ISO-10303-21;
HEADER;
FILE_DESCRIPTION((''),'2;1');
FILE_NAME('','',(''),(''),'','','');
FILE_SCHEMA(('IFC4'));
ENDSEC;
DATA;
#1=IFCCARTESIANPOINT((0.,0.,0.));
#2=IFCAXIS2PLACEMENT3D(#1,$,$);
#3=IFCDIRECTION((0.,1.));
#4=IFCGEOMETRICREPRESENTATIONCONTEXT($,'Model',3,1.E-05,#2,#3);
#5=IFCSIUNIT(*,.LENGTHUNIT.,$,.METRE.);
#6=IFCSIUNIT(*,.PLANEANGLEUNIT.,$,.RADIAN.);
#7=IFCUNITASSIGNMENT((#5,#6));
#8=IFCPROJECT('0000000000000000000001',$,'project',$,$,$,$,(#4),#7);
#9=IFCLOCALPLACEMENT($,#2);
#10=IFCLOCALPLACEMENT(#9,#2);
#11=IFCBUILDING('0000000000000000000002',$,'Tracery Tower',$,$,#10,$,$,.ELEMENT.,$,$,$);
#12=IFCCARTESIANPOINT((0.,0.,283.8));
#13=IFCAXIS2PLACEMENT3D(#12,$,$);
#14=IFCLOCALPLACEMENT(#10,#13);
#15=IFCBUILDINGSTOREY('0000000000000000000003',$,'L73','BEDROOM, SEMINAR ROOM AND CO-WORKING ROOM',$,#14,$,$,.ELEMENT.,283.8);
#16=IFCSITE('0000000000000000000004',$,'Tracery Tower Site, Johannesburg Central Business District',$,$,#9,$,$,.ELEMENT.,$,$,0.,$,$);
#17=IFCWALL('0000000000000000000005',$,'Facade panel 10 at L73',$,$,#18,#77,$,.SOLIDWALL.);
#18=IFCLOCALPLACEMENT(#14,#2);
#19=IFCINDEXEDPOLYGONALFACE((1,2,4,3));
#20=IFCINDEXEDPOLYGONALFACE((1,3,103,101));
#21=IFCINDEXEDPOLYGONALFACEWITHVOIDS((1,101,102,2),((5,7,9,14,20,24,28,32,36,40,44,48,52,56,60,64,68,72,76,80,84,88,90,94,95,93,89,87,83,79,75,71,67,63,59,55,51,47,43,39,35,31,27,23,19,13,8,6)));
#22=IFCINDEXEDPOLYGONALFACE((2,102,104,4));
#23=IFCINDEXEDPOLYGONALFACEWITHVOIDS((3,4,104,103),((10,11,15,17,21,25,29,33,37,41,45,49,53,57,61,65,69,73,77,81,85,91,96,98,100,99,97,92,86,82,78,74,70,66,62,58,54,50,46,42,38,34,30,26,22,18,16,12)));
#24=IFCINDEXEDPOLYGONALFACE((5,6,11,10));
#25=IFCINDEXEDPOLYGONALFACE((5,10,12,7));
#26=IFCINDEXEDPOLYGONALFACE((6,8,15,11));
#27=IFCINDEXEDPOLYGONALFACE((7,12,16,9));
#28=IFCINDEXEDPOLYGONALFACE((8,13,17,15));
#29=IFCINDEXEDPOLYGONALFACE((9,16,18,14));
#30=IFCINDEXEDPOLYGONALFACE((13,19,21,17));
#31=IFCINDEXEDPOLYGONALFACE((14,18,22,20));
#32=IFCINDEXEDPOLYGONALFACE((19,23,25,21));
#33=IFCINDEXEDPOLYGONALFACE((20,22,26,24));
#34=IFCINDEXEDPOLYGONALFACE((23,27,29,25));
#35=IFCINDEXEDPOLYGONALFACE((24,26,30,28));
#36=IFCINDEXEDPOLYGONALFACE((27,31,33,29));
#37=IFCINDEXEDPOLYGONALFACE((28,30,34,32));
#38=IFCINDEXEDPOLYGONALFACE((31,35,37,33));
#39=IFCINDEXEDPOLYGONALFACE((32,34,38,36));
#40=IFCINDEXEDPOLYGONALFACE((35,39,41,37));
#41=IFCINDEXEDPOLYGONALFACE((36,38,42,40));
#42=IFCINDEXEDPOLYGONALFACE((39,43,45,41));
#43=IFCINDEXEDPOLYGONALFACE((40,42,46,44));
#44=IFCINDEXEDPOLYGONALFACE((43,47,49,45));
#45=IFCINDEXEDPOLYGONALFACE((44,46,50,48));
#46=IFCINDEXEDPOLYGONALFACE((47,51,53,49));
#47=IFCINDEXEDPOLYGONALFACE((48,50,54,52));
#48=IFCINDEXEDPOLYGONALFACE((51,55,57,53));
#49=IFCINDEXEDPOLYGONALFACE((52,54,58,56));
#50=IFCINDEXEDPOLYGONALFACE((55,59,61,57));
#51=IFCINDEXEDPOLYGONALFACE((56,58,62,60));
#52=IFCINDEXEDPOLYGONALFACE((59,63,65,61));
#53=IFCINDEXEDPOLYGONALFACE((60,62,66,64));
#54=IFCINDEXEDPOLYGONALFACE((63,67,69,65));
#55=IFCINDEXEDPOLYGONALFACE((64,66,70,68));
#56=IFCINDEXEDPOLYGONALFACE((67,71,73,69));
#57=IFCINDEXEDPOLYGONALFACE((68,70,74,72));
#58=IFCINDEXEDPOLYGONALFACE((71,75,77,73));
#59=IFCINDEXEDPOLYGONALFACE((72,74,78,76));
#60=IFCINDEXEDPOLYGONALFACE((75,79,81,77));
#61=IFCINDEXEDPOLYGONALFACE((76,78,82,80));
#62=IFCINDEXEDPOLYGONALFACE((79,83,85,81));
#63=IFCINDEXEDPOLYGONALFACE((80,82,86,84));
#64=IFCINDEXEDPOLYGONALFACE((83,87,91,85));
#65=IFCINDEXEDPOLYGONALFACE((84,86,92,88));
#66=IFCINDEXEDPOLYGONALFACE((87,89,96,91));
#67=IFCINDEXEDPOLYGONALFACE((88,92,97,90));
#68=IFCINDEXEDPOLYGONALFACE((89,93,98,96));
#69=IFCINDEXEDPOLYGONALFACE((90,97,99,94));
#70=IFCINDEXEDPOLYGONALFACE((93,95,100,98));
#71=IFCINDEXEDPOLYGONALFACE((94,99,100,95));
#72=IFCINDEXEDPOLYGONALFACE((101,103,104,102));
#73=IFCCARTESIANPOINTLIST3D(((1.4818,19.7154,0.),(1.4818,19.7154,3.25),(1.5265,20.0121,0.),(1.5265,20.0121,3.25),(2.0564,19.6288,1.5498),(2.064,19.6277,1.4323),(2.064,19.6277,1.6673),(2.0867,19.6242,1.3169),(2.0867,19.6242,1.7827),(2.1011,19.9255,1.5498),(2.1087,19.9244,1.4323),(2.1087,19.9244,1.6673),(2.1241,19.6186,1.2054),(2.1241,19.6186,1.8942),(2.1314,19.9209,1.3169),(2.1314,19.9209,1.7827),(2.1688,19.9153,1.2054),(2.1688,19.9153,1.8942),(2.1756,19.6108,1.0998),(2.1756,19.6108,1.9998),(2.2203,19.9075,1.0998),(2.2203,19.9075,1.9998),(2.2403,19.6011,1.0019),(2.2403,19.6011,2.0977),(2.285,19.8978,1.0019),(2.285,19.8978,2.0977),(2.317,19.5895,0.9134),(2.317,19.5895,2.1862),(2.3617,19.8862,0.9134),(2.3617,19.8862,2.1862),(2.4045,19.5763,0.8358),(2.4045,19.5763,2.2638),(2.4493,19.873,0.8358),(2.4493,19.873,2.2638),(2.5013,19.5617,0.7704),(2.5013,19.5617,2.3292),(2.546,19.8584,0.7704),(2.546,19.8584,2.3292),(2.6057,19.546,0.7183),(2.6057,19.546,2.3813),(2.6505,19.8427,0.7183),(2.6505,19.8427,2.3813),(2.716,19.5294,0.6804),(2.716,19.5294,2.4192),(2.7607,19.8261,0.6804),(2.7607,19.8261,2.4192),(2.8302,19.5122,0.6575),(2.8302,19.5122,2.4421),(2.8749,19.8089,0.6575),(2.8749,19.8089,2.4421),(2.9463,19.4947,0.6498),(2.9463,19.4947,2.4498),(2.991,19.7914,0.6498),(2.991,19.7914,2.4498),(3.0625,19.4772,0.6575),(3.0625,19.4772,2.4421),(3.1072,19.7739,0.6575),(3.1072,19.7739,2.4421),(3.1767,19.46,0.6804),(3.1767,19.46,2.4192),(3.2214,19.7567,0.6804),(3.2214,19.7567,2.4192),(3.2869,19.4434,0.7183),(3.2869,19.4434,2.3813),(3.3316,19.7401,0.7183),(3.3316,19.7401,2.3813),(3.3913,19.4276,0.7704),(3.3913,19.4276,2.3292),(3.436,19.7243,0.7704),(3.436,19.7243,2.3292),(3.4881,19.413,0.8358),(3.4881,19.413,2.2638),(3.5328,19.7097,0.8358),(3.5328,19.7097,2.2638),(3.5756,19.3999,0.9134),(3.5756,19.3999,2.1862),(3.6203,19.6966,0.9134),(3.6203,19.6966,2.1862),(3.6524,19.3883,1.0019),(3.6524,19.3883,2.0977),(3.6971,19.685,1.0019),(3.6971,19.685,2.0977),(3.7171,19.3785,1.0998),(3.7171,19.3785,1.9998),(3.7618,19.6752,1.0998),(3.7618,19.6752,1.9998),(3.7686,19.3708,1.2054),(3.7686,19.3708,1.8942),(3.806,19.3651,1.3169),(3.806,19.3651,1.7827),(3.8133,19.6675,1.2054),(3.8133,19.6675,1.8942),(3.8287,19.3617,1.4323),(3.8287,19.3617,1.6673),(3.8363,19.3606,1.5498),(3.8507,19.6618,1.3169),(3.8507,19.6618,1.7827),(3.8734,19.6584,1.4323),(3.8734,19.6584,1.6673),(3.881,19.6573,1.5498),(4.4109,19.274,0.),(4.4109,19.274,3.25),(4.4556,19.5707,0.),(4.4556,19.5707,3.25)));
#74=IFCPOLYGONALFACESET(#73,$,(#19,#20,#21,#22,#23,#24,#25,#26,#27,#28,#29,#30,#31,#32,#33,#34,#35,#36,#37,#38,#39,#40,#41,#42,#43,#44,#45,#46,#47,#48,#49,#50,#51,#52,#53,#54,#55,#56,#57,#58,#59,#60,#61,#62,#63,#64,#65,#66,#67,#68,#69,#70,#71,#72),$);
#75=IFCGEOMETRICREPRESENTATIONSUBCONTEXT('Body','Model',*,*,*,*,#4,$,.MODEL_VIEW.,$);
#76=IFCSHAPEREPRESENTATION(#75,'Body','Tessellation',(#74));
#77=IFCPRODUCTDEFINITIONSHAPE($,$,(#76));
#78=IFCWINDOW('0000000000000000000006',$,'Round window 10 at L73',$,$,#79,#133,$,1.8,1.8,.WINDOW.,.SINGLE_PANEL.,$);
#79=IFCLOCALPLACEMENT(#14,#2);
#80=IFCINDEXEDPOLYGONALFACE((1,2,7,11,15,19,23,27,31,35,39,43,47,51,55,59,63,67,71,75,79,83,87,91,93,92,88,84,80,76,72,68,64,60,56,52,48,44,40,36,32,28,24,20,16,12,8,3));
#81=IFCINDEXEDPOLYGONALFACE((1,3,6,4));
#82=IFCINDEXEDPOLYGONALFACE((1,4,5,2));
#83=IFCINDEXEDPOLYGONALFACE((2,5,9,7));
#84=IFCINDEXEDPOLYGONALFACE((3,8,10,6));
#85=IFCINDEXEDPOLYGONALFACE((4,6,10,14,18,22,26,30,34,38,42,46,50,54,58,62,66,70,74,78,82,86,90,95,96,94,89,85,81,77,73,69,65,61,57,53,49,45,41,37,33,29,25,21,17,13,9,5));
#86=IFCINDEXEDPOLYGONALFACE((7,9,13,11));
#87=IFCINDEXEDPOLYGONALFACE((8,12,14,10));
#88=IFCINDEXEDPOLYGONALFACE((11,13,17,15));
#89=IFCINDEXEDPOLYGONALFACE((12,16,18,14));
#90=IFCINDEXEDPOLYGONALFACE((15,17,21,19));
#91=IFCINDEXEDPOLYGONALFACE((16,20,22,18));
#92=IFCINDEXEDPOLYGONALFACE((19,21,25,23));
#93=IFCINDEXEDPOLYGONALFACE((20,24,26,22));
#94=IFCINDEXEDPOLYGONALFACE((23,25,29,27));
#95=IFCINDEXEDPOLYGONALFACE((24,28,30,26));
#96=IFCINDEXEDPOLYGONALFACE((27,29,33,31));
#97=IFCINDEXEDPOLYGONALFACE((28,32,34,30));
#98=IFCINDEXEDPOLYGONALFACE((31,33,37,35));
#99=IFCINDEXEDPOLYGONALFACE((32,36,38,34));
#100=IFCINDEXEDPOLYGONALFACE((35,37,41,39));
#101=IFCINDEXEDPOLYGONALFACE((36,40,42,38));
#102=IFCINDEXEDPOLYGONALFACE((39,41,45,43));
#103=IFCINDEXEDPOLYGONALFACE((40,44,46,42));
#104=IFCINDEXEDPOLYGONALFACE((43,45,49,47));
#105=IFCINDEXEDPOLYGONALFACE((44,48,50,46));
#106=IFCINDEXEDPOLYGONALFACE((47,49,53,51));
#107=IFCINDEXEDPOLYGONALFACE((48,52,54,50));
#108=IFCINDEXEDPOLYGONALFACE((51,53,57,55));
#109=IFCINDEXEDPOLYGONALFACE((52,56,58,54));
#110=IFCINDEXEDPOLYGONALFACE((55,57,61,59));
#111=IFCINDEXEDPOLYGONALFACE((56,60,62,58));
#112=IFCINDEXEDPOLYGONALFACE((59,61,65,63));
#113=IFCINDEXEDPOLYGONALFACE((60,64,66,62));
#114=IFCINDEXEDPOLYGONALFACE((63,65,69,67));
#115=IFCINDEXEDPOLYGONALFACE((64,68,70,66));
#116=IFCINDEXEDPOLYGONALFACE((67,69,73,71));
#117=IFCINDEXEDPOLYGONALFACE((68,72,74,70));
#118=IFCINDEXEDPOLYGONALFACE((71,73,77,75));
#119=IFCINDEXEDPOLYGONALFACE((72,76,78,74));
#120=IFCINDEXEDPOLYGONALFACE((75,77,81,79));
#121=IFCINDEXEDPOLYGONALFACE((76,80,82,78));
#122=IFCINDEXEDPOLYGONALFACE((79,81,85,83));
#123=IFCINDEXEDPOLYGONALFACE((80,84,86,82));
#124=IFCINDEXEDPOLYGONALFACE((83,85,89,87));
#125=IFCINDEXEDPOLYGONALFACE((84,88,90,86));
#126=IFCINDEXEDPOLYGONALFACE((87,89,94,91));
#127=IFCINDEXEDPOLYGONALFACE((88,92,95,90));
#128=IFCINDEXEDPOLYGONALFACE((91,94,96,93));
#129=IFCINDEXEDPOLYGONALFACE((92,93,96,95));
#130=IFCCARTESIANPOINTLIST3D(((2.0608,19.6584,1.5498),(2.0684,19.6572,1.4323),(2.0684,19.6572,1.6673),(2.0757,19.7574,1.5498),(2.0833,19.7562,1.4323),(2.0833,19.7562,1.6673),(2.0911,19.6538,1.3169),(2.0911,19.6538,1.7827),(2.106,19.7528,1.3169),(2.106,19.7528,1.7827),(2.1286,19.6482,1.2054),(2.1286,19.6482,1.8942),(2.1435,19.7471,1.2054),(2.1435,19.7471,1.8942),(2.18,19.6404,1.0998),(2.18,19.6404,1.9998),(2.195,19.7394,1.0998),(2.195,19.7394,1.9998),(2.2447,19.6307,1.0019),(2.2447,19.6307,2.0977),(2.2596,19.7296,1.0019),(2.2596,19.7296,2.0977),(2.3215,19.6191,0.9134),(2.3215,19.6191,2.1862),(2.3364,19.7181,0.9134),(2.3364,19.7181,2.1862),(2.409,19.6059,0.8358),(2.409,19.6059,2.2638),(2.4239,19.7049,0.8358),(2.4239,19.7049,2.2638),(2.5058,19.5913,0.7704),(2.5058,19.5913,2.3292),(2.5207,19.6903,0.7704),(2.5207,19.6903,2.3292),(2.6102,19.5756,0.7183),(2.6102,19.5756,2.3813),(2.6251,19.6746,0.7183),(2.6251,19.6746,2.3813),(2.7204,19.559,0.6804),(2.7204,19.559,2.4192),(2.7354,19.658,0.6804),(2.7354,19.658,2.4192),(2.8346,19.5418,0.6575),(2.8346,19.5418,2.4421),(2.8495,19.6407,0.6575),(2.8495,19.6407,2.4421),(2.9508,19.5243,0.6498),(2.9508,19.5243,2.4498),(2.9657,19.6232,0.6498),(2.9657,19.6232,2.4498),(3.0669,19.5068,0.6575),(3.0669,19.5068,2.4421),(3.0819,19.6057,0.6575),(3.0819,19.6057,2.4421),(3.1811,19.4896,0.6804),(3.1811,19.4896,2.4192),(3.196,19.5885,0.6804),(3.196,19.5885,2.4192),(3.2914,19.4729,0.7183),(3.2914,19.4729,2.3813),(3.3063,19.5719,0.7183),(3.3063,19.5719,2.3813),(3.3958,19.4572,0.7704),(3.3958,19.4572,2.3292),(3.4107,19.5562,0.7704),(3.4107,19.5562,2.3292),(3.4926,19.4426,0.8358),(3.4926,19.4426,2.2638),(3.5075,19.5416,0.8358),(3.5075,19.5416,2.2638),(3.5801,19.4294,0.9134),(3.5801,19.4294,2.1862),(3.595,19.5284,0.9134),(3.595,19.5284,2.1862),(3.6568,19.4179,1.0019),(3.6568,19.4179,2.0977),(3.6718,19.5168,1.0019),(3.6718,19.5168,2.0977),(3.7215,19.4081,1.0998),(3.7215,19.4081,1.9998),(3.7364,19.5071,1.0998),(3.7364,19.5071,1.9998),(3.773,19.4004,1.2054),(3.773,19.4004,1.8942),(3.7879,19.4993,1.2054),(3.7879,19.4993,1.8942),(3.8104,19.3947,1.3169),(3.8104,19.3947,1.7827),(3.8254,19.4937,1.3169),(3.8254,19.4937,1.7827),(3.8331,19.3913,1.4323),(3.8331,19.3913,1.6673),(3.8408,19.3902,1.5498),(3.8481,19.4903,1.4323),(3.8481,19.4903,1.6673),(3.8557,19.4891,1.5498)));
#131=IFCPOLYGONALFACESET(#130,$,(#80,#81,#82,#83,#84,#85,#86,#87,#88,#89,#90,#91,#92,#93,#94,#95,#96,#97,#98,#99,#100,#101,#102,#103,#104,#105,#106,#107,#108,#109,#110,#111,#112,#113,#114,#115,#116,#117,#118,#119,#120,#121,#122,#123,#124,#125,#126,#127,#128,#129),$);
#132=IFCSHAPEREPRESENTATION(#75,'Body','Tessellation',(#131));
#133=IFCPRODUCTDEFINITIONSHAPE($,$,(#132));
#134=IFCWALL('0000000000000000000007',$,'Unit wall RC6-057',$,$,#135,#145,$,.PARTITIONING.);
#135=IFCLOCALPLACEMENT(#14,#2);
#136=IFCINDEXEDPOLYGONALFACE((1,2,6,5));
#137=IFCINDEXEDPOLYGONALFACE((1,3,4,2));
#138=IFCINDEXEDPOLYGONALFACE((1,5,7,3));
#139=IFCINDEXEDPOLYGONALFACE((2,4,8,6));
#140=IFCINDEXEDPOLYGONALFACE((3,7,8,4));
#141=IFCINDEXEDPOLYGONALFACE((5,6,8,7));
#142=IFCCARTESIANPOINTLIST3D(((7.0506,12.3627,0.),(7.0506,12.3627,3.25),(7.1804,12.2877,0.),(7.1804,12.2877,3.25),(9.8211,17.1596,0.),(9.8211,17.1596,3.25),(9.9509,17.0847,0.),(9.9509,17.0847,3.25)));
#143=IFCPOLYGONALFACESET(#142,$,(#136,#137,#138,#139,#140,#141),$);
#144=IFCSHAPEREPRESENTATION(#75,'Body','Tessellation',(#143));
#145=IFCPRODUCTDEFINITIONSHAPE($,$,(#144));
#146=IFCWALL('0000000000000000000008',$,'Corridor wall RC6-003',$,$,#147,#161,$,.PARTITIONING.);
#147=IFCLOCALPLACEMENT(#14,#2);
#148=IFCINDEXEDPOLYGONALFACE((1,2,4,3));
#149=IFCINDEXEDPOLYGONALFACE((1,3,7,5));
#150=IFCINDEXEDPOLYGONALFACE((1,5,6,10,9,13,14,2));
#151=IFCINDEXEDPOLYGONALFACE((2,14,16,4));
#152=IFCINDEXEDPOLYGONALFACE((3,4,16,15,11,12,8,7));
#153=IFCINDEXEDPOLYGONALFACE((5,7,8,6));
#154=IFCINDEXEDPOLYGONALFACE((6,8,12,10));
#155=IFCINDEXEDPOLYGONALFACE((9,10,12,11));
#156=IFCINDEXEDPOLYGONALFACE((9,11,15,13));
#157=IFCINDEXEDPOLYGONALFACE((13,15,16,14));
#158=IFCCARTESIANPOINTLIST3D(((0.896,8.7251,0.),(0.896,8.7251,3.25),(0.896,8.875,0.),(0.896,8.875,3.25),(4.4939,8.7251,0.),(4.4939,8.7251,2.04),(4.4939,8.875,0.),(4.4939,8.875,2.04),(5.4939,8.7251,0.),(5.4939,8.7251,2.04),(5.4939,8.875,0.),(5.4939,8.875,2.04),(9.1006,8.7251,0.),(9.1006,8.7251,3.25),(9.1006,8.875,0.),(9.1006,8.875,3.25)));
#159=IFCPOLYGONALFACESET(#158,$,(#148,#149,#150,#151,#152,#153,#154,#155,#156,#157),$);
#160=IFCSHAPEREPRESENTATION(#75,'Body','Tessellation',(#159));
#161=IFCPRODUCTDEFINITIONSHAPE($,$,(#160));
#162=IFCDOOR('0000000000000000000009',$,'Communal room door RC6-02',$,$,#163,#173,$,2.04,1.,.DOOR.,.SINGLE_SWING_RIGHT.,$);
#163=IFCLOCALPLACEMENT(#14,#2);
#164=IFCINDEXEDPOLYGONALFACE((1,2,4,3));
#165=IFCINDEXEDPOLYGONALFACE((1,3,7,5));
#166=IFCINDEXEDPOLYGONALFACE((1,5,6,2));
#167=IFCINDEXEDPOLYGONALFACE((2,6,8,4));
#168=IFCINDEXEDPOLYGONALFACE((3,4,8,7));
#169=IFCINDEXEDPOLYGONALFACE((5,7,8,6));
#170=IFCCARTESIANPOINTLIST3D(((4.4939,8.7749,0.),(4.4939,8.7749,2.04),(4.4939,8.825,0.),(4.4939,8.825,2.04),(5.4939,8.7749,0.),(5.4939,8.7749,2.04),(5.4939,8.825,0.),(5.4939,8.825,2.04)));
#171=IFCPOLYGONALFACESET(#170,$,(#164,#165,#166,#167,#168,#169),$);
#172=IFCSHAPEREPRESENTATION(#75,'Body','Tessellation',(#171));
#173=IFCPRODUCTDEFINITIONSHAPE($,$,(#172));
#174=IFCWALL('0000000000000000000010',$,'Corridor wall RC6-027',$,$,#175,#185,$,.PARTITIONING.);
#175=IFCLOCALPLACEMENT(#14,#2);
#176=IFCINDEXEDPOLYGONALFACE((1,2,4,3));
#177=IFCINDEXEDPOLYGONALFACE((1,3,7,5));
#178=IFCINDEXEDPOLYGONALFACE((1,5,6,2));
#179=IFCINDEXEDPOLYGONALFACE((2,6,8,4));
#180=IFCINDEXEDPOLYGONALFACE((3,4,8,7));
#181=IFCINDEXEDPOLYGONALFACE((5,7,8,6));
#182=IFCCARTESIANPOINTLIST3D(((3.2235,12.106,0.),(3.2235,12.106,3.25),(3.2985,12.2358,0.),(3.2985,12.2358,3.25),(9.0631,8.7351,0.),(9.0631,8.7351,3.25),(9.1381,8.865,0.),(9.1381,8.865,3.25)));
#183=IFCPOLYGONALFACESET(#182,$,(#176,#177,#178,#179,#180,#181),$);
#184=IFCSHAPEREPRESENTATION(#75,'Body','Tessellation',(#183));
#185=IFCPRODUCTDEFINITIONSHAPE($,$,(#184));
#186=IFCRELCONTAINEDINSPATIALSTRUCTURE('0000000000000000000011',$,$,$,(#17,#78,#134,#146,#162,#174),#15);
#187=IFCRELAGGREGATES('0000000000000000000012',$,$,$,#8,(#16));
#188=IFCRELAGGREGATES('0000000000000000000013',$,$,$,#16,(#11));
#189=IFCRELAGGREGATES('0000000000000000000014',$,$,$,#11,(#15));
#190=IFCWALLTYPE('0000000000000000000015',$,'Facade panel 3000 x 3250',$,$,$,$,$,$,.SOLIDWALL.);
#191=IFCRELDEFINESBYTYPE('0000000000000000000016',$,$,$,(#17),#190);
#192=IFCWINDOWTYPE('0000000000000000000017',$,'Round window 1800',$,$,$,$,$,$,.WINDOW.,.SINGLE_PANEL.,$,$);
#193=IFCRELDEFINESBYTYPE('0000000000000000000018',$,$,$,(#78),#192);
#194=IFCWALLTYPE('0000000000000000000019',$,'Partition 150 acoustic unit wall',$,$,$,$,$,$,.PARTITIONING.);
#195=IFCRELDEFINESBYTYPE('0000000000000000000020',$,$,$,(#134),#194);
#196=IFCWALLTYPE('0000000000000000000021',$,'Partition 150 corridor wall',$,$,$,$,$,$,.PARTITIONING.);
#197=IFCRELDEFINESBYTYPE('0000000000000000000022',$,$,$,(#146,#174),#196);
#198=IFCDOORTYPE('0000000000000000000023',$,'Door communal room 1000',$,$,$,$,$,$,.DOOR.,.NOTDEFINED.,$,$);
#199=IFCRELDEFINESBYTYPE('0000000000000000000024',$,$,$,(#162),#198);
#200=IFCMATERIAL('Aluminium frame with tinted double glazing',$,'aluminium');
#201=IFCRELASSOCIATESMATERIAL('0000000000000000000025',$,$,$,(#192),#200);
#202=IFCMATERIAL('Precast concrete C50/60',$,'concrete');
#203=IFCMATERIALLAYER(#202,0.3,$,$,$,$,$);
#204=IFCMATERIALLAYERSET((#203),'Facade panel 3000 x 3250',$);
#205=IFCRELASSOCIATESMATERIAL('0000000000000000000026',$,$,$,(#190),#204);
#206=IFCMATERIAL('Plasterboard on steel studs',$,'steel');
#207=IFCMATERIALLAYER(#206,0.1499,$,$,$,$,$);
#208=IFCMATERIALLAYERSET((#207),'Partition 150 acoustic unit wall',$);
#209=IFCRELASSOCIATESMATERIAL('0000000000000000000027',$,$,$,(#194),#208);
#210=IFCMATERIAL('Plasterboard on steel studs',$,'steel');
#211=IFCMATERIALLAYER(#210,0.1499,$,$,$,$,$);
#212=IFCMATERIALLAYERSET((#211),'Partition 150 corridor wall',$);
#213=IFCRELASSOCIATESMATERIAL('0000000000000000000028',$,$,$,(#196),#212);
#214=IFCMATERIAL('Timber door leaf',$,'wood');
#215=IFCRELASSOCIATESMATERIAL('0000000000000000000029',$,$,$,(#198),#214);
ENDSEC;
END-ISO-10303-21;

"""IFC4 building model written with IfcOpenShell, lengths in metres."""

from ifc_helpers import new_model, si_unit, direction, frame, frame_2d, origin, origin_2d, place, context, subcontext, project, spatial, rectangle, circle, extrude, material, layer, layer_set, type_object, element, fill, save


model = new_model("IFC4")

# Units and contexts
model_context = context("Model", 3, precision=1e-05, world=origin(), true_north=direction((0.0, 1.0)))
body_context = subcontext(model_context, "Body", "Model", "MODEL_VIEW")
ifc_project = project(units=[si_unit("LENGTHUNIT", "METRE"), si_unit("PLANEANGLEUNIT", "RADIAN")], contexts=[model_context])

# Site, building, storey
site_placement = place(None, origin())
site = spatial("IfcSite", under=ifc_project, at=site_placement, Name="Tracery Tower Site, Johannesburg Central Business District", CompositionType="ELEMENT", RefElevation=0.0)
building_placement = place(site_placement, origin())
building = spatial("IfcBuilding", under=site, at=building_placement, Name="Tracery Tower", CompositionType="ELEMENT")
storey_placement = place(building_placement, frame((0.0, 0.0, 283.8)))
storey = spatial("IfcBuildingStorey", under=building, at=storey_placement, Name="L73", Description="BEDROOM, SEMINAR ROOM AND CO-WORKING ROOM", CompositionType="ELEMENT", Elevation=283.8)

# Wall, opening, window
ifc_material_1 = material(Name="Aluminium frame with tinted double glazing", Category="aluminium")
window_type = type_object("IfcWindowType", Name="Round window 1800", PartitioningType="SINGLE_PANEL", PredefinedType="WINDOW", material=ifc_material_1)
ifc_material_2 = material(Name="Precast concrete C50/60", Category="concrete")
ifc_layer_1 = layer(ifc_material_2, 0.3)
ifc_layer_set_1 = layer_set([ifc_layer_1], Name="Facade panel 3000 x 3250")
wall_type_1 = type_object("IfcWallType", Name="Facade panel 3000 x 3250", PredefinedType="SOLIDWALL", material=ifc_layer_set_1)
wall_1_placement = place(storey_placement, frame((4.4331, 19.4224, 0.0), z_axis=(0.0, 0.0, 1.0), x_axis=(-0.988836, 0.149009, 0.0)))
wall_1 = element("IfcWall", 1, at=wall_1_placement, inside=storey, type_object=wall_type_1, Name="Facade panel 10 at L73", PredefinedType="SOLIDWALL", context=body_context, shape_type="SweptSolid", body=[
    extrude(rectangle(XDim=2.9622, YDim=0.3, at=frame_2d((1.481, 0.0))), origin(), (0.0, 0.0, 1.0), 3.25),
])
opening_1_placement = place(wall_1_placement, frame((1.481, 0.0, 1.5498)))
opening_1 = element("IfcOpeningElement", 2, at=opening_1_placement, cuts=wall_1, PredefinedType="OPENING", context=body_context, shape_type="SweptSolid", body=[
    extrude(circle(Radius=0.9, at=origin_2d()), frame((0.0, 0.1599, 0.0), z_axis=(0.0, -1.0, 0.0), x_axis=(1.0, 0.0, 0.0)), (0.0, 0.0, 1.0), 0.3201),
])
window_1_placement = place(opening_1_placement, origin())
window_1 = element("IfcWindow", 3, at=window_1_placement, inside=storey, type_object=window_type, Name="Round window 10 at L73", OverallHeight=1.8, OverallWidth=1.8, PartitioningType="SINGLE_PANEL", PredefinedType="WINDOW", context=body_context, shape_type="SweptSolid", body=[
    extrude(circle(Radius=0.9, at=origin_2d()), frame((0.0, 0.1201, 0.0), z_axis=(0.0, -1.0, 0.0), x_axis=(1.0, 0.0, 0.0)), (0.0, 0.0, 1.0), 0.1001),
])
fill(opening_1, window_1)

# Wall
ifc_material_3 = material(Name="Plasterboard on steel studs", Category="steel")
ifc_layer_2 = layer(ifc_material_3, 0.1499)
ifc_layer_set_2 = layer_set([ifc_layer_2], Name="Partition 150 acoustic unit wall")
wall_type_2 = type_object("IfcWallType", Name="Partition 150 acoustic unit wall", PredefinedType="PARTITIONING", material=ifc_layer_set_2)
wall_2_placement = place(storey_placement, frame((7.1155, 12.3252, 0.0), z_axis=(0.0, 0.0, 1.0), x_axis=(0.50014, 0.865945, 0.0)))
element("IfcWall", 4, at=wall_2_placement, inside=storey, type_object=wall_type_2, Name="Unit wall RC6-057", PredefinedType="PARTITIONING", context=body_context, shape_type="SweptSolid", body=[
    extrude(rectangle(XDim=5.5396, YDim=0.1499, at=frame_2d((2.7698, 0.0))), origin(), (0.0, 0.0, 1.0), 3.25),
])

# Wall, opening, door
ifc_material_4 = material(Name="Plasterboard on steel studs", Category="steel")
ifc_layer_3 = layer(ifc_material_4, 0.1499)
ifc_layer_set_3 = layer_set([ifc_layer_3], Name="Partition 150 corridor wall")
wall_type_3 = type_object("IfcWallType", Name="Partition 150 corridor wall", PredefinedType="PARTITIONING", material=ifc_layer_set_3)
wall_3_placement = place(storey_placement, frame((0.896, 8.8, 0.0), z_axis=(0.0, 0.0, 1.0), x_axis=(1.0, 0.0, 0.0)))
wall_3 = element("IfcWall", 5, at=wall_3_placement, inside=storey, type_object=wall_type_3, Name="Corridor wall RC6-003", PredefinedType="PARTITIONING", context=body_context, shape_type="SweptSolid", body=[
    extrude(rectangle(XDim=8.2046, YDim=0.1499, at=frame_2d((4.1023, 0.0))), origin(), (0.0, 0.0, 1.0), 3.25),
])
opening_2_placement = place(wall_3_placement, frame((3.5979, 0.0, 0.0)))
opening_2 = element("IfcOpeningElement", 6, at=opening_2_placement, cuts=wall_3, PredefinedType="OPENING", context=body_context, shape_type="SweptSolid", body=[
    extrude(rectangle(XDim=1.0, YDim=2.04, at=frame_2d((0.5, 1.02))), frame((0.0, 0.075, 0.0), z_axis=(0.0, -1.0, 0.0), x_axis=(1.0, 0.0, 0.0)), (0.0, 0.0, 1.0), 0.1499),
])
ifc_material_5 = material(Name="Timber door leaf", Category="wood")
door_type = type_object("IfcDoorType", Name="Door communal room 1000", OperationType="NOTDEFINED", PredefinedType="DOOR", material=ifc_material_5)
door_placement = place(opening_2_placement, origin())
door = element("IfcDoor", 7, at=door_placement, inside=storey, type_object=door_type, Name="Communal room door RC6-02", OperationType="SINGLE_SWING_RIGHT", OverallHeight=2.04, OverallWidth=1.0, PredefinedType="DOOR", context=body_context, shape_type="SweptSolid", body=[
    extrude(rectangle(XDim=1.0, YDim=2.04, at=frame_2d((0.5, 1.02))), frame((0.0, 0.0249, 0.0), z_axis=(0.0, -1.0, 0.0), x_axis=(1.0, 0.0, 0.0)), (0.0, 0.0, 1.0), 0.05),
])
fill(opening_2, door)

# Wall
wall_4_placement = place(storey_placement, frame((3.261, 12.1709, 0.0), z_axis=(0.0, 0.0, 1.0), x_axis=(0.866067, -0.499928, 0.0)))
element("IfcWall", 8, at=wall_4_placement, inside=storey, type_object=wall_type_3, Name="Corridor wall RC6-027", PredefinedType="PARTITIONING", context=body_context, shape_type="SweptSolid", body=[
    extrude(rectangle(XDim=6.7427, YDim=0.1499, at=frame_2d((3.3713, 0.0))), origin(), (0.0, 0.0, 1.0), 3.25),
])

save(model, "model.ifc")
